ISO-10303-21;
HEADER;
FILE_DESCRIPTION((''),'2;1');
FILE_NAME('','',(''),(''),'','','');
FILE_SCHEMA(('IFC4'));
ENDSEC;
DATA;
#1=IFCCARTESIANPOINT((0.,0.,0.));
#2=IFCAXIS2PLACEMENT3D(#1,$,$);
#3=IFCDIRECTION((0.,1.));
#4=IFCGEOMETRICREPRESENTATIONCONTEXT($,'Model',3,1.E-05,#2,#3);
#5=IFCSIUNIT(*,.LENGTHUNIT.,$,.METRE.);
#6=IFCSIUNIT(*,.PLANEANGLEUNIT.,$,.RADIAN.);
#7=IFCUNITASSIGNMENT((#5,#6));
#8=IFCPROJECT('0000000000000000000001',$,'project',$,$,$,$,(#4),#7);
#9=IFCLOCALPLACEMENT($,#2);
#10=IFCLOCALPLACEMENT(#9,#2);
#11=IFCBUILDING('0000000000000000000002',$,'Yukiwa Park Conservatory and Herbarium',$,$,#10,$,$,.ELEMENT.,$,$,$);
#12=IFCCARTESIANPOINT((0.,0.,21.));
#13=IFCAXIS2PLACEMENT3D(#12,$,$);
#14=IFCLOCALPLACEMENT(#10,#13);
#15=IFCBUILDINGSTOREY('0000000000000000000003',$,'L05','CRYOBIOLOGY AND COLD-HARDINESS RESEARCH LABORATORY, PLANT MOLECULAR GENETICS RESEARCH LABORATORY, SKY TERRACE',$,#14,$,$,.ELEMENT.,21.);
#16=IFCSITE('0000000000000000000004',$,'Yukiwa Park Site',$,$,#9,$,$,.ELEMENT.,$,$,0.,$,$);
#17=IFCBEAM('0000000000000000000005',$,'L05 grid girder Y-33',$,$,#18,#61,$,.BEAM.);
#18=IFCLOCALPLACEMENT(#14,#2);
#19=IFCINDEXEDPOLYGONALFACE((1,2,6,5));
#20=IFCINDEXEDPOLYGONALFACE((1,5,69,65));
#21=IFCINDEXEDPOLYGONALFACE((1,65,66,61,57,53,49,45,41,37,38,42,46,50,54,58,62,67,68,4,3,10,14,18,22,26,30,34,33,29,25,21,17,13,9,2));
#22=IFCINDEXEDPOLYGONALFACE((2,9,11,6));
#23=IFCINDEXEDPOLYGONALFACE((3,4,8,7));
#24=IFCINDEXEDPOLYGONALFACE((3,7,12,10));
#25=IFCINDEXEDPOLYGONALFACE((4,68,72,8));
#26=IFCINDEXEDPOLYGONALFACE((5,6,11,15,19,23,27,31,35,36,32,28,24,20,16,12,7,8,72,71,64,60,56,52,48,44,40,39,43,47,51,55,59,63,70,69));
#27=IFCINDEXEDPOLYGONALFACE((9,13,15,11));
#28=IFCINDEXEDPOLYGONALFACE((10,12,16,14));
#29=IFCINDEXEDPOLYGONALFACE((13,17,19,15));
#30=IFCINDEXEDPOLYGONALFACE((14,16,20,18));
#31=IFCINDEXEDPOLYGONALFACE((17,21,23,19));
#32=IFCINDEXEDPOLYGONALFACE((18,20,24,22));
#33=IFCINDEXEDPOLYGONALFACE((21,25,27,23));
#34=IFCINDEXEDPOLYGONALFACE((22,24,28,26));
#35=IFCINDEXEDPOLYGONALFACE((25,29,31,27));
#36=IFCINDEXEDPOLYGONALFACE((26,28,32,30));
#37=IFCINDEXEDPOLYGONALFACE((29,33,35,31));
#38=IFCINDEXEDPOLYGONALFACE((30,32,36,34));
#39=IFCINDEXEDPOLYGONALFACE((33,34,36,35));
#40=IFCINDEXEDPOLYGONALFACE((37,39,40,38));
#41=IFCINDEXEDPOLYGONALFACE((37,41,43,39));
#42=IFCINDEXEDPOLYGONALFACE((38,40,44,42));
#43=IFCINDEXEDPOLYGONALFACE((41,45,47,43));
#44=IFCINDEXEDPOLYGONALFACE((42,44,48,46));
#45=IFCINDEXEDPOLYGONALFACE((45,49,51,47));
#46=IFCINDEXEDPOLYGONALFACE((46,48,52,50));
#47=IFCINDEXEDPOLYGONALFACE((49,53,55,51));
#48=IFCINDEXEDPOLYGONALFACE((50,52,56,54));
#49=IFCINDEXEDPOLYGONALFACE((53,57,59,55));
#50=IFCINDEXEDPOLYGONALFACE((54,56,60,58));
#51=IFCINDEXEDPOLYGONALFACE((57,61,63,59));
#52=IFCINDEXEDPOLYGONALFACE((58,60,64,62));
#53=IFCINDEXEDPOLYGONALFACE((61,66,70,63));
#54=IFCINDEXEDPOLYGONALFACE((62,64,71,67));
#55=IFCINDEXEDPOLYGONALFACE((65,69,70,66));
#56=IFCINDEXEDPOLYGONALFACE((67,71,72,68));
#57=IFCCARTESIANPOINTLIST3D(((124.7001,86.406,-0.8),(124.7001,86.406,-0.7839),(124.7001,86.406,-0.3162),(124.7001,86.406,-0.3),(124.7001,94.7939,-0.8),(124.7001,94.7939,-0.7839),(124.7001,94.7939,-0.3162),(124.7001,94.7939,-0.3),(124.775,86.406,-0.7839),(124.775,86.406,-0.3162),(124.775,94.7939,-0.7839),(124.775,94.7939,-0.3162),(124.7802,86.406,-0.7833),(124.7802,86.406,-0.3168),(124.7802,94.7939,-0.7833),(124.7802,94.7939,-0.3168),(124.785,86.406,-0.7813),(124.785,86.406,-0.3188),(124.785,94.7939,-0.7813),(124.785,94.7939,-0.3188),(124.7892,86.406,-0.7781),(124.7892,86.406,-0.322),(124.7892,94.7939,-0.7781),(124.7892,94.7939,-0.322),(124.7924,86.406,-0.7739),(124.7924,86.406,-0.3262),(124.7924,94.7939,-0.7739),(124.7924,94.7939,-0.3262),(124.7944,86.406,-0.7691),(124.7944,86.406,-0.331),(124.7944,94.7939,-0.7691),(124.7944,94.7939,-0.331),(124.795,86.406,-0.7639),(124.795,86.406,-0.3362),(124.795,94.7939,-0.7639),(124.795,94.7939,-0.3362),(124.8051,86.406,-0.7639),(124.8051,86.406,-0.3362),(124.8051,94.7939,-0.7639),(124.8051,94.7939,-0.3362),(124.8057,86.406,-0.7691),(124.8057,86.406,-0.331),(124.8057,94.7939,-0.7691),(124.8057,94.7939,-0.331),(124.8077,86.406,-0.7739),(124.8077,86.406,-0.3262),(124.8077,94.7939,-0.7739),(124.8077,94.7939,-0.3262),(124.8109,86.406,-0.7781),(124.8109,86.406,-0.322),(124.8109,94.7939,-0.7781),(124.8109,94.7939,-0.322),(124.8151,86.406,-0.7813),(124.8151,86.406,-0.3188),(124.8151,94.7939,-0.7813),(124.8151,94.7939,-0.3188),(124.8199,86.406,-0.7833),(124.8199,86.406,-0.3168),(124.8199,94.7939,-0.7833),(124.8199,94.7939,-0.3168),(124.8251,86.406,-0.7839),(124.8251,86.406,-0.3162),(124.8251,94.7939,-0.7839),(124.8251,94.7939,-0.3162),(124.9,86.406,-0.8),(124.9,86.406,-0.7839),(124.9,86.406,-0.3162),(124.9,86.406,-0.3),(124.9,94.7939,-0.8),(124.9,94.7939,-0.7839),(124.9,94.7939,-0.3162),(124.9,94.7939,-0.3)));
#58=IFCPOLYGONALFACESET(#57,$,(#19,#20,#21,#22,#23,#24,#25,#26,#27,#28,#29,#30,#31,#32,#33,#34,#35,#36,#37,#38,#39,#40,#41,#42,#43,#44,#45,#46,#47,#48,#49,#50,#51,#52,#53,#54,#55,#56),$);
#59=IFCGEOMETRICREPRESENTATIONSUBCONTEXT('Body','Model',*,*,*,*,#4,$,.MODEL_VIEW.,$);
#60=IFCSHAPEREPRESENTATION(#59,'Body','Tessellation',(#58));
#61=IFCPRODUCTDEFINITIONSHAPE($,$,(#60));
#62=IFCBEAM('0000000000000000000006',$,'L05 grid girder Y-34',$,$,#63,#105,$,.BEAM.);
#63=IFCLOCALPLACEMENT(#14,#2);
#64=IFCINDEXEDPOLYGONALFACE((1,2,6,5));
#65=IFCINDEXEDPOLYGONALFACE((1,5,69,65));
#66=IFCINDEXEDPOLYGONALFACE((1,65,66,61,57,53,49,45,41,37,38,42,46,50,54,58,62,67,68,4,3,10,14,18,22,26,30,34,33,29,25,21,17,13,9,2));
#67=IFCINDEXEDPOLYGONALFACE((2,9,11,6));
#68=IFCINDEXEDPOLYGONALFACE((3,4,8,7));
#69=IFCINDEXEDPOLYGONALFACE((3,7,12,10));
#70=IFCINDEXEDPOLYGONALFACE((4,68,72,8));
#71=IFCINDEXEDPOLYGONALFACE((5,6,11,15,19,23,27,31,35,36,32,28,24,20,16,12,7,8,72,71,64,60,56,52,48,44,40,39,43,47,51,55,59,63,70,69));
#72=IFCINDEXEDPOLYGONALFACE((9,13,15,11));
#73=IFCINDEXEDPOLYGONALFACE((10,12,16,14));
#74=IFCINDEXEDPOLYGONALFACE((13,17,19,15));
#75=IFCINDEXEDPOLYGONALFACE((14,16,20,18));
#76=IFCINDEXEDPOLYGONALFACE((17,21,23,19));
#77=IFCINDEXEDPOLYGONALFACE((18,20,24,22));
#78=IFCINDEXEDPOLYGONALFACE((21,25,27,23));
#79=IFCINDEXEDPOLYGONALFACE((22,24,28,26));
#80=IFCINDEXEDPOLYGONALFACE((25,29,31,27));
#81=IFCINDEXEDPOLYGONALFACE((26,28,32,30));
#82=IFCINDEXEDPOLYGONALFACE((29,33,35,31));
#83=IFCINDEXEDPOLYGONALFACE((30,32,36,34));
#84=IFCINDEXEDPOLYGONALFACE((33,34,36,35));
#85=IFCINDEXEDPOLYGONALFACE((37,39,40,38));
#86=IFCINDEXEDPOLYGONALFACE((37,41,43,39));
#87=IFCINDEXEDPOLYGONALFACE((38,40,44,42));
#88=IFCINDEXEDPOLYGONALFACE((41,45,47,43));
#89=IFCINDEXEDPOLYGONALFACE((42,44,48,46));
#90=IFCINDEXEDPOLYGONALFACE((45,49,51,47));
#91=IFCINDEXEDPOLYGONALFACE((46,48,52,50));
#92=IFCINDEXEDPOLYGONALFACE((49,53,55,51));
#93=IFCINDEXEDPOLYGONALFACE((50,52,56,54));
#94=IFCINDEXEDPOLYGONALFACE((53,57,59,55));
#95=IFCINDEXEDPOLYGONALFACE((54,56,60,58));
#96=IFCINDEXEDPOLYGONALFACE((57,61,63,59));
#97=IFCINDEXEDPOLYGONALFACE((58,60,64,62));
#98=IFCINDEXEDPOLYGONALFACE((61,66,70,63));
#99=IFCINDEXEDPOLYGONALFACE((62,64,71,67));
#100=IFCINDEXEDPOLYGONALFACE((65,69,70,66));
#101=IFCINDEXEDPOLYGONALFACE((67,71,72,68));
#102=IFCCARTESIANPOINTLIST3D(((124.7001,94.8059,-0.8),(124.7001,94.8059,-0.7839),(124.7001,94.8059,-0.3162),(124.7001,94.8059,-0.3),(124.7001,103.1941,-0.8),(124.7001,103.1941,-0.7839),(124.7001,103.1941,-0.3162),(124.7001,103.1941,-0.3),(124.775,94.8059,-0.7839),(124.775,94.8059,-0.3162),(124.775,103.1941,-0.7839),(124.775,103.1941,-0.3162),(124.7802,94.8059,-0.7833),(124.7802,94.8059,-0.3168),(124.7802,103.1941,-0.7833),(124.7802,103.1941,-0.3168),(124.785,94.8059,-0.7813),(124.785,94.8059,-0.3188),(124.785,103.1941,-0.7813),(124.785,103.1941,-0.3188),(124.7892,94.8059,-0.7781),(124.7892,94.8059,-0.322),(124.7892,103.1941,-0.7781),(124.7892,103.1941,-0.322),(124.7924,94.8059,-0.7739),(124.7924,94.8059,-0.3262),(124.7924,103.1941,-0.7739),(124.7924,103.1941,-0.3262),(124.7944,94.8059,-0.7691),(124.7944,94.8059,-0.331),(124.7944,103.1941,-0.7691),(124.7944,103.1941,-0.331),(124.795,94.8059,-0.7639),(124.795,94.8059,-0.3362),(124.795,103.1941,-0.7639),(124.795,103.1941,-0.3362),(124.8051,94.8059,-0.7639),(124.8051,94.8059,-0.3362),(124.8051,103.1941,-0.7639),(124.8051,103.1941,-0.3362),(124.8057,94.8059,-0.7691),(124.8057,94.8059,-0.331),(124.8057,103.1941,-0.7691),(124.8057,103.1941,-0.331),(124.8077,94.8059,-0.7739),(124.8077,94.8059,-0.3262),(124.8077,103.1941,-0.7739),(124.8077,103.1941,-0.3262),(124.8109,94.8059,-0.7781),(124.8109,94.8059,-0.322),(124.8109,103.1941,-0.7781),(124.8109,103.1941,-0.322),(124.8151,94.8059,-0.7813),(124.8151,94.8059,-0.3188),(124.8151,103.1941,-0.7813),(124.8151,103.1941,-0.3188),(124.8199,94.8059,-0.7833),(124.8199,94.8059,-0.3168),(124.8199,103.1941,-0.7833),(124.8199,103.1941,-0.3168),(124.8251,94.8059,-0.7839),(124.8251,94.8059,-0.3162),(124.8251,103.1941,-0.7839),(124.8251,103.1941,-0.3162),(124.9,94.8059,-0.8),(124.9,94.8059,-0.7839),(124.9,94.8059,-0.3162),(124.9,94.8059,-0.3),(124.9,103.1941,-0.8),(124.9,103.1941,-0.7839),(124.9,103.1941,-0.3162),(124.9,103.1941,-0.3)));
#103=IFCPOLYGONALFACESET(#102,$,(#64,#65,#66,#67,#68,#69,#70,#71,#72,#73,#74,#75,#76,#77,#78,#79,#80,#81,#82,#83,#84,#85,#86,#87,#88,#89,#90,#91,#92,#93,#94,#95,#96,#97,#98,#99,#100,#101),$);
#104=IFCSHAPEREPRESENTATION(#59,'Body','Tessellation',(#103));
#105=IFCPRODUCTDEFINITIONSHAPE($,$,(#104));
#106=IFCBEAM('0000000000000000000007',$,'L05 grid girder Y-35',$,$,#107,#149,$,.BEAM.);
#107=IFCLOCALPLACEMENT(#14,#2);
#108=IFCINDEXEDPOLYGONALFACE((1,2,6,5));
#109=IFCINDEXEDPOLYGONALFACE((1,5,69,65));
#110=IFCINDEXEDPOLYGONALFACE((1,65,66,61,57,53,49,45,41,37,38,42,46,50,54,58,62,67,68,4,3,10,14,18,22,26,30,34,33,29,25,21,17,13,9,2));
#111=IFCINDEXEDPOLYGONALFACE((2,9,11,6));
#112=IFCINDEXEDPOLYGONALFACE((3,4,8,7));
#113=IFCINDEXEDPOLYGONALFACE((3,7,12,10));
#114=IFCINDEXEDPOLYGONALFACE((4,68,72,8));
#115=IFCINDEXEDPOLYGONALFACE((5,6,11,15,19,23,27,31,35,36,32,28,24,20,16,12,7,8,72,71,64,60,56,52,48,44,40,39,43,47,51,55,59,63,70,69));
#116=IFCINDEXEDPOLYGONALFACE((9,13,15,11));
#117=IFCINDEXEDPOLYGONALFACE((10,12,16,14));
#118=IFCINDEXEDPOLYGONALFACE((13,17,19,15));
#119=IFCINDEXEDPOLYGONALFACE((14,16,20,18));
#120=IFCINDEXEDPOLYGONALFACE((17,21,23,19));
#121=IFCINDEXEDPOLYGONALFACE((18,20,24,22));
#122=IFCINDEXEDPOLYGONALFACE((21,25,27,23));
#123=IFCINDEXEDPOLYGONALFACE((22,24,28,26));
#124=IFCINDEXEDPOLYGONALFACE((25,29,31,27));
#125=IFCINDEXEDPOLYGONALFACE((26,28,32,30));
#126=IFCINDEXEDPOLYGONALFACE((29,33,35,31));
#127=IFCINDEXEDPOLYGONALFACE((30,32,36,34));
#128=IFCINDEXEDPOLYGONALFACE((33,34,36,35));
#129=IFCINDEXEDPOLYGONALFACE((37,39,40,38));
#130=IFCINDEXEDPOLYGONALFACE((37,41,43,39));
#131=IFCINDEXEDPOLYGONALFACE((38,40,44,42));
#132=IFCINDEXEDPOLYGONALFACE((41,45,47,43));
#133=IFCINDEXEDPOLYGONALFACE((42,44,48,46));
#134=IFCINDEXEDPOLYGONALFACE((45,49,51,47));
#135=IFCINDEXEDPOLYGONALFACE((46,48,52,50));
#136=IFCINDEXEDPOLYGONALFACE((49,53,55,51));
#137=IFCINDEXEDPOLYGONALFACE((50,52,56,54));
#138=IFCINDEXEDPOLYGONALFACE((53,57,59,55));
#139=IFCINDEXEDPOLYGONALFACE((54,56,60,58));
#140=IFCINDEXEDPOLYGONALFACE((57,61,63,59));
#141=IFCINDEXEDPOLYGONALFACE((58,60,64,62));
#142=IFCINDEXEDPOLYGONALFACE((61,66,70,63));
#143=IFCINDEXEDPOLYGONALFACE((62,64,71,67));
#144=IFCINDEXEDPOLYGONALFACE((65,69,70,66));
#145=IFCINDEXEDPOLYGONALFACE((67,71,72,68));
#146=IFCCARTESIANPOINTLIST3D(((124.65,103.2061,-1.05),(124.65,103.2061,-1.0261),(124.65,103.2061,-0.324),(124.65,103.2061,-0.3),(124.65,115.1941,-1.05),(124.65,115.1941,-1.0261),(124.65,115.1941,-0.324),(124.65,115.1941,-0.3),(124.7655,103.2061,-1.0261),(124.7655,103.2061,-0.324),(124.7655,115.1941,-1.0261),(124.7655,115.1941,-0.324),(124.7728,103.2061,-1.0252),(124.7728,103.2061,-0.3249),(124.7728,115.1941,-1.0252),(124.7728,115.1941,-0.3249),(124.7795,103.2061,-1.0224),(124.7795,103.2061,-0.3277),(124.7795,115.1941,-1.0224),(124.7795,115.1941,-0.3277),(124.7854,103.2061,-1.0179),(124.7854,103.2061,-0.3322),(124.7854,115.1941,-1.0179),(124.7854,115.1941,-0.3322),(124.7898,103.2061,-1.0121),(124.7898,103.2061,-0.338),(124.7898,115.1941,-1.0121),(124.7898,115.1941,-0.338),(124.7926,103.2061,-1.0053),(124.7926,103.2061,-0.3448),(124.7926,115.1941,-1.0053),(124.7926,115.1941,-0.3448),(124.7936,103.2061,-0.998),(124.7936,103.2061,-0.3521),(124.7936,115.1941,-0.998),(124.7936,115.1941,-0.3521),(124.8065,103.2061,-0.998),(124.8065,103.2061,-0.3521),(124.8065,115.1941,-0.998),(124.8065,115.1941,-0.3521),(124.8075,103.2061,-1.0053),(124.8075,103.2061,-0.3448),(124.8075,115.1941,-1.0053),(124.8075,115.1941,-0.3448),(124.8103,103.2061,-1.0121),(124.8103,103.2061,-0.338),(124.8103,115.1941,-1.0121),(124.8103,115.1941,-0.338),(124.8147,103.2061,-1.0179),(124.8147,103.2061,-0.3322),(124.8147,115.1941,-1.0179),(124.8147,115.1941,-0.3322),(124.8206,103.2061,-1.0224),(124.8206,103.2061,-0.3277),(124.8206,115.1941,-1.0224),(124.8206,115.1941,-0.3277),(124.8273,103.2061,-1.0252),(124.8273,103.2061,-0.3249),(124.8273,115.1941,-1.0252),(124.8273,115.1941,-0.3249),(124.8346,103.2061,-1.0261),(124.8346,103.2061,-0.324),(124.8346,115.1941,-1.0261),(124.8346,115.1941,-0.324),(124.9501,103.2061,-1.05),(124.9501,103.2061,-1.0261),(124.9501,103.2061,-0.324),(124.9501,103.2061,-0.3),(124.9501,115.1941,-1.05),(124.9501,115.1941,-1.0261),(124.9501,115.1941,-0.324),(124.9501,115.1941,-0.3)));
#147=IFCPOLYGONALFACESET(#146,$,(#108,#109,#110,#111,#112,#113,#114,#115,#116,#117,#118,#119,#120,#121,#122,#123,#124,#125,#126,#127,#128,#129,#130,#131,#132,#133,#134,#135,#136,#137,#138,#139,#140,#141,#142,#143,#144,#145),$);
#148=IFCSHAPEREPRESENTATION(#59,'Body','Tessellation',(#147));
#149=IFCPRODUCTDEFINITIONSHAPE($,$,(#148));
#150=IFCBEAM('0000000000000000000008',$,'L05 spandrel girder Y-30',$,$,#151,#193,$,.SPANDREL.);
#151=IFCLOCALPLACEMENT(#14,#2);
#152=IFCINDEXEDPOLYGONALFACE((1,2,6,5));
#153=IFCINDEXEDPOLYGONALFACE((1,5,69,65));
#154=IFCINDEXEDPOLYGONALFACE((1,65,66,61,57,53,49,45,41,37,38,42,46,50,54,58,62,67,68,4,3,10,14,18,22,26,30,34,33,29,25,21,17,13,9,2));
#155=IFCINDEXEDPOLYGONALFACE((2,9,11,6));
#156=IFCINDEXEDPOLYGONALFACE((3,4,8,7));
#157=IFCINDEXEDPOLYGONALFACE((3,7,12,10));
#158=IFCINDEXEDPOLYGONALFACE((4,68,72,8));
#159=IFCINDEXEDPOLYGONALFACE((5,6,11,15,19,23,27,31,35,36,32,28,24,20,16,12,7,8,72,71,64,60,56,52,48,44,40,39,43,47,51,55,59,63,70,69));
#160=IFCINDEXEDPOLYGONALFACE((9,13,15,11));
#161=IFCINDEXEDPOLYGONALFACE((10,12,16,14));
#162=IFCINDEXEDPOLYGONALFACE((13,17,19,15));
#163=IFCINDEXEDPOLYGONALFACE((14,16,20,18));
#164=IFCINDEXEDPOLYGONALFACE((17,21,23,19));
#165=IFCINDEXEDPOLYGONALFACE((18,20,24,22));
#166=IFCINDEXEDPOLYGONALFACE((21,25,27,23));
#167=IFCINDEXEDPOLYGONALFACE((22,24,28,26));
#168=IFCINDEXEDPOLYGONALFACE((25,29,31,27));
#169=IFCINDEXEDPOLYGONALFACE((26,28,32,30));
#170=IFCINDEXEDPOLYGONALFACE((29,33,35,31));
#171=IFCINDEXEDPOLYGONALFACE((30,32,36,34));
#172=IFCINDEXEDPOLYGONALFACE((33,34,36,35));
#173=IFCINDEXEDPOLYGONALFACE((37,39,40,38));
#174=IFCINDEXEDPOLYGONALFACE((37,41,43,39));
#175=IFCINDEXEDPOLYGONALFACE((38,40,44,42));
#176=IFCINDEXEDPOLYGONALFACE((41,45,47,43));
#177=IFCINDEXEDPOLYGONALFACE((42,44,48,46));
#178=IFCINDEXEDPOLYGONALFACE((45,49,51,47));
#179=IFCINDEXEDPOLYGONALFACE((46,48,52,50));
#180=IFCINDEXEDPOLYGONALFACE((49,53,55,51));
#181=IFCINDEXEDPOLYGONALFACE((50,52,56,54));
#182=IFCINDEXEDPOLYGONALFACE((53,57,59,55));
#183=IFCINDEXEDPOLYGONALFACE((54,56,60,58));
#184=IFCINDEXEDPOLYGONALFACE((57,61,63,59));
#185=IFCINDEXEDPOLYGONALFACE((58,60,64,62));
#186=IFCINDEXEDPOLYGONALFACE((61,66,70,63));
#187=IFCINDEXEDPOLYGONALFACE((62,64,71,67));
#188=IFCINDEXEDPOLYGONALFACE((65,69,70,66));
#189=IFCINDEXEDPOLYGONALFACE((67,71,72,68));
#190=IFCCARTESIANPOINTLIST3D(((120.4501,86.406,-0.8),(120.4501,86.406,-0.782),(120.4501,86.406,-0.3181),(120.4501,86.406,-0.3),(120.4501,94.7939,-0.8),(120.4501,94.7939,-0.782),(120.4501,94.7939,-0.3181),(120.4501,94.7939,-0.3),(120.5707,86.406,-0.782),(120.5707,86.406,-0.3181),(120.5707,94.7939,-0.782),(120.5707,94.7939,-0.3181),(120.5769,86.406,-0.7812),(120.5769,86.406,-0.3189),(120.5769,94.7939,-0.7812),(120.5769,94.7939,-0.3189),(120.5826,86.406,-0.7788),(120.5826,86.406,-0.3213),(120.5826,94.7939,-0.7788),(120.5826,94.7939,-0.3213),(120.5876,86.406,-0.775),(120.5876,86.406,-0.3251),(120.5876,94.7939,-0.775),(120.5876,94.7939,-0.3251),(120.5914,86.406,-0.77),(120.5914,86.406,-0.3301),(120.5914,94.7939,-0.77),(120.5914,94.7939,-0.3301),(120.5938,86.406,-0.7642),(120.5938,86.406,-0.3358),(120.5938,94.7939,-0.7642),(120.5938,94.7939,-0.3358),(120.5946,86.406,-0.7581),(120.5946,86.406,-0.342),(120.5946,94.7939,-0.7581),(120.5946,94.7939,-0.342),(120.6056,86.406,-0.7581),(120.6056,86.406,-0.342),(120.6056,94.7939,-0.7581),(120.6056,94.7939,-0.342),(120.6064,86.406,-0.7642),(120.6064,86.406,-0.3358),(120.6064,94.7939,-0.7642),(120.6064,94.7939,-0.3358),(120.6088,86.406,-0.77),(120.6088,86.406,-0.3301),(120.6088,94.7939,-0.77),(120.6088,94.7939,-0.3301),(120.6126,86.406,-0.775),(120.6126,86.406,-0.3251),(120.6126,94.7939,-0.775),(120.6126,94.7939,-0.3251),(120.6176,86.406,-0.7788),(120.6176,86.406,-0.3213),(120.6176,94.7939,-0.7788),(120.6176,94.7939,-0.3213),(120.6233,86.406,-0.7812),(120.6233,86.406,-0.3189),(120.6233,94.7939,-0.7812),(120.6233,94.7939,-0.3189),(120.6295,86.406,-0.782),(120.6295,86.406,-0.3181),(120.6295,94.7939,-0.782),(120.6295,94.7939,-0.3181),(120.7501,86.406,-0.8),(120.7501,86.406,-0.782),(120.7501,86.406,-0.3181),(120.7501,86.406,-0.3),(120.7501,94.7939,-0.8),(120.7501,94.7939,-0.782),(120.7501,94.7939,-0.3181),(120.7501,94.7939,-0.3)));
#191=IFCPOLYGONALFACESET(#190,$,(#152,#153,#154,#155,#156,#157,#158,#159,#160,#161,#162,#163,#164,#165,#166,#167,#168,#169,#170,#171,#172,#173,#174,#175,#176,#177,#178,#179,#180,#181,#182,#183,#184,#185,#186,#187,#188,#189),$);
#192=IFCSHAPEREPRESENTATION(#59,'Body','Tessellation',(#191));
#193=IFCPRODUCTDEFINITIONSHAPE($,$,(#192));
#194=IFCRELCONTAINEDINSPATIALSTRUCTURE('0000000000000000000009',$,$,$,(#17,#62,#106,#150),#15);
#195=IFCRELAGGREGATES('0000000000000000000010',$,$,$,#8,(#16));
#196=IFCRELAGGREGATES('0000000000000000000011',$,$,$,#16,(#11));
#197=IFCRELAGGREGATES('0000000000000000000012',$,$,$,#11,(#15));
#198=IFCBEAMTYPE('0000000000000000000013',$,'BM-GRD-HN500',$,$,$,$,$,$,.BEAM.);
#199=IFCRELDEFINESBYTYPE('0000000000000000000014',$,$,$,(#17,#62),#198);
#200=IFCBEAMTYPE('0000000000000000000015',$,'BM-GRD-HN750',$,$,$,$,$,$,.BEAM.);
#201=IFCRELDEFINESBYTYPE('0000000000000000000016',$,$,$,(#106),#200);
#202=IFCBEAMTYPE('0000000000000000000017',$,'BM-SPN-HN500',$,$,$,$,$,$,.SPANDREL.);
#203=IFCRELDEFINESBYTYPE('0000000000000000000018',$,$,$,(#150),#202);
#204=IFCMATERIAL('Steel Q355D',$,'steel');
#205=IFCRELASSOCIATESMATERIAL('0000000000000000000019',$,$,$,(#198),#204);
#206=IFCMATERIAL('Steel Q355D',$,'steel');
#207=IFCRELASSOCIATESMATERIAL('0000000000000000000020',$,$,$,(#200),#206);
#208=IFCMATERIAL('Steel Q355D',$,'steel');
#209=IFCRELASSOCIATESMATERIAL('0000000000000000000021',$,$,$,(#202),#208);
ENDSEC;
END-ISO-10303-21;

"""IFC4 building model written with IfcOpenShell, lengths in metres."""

from ifc_helpers import new_model, si_unit, direction, frame, origin, origin_2d, place, context, subcontext, project, spatial, i_section, extrude, material, material_profile, profile_set, type_object, element, save


model = new_model("IFC4")

# Units and contexts
model_context = context("Model", 3, precision=1e-05, world=origin(), true_north=direction((0.0, 1.0)))
body_context = subcontext(model_context, "Body", "Model", "MODEL_VIEW")
ifc_project = project(units=[si_unit("LENGTHUNIT", "METRE"), si_unit("PLANEANGLEUNIT", "RADIAN")], contexts=[model_context])

# Site, building, storey
site_placement = place(None, origin())
site = spatial("IfcSite", under=ifc_project, at=site_placement, Name="Yukiwa Park Site", CompositionType="ELEMENT", RefElevation=0.0)
building_placement = place(site_placement, origin())
building = spatial("IfcBuilding", under=site, at=building_placement, Name="Yukiwa Park Conservatory and Herbarium", CompositionType="ELEMENT")
storey_placement = place(building_placement, frame((0.0, 0.0, 21.0)))
storey = spatial("IfcBuildingStorey", under=building, at=storey_placement, Name="L05", Description="CRYOBIOLOGY AND COLD-HARDINESS RESEARCH LABORATORY, PLANT MOLECULAR GENETICS RESEARCH LABORATORY, SKY TERRACE", CompositionType="ELEMENT", Elevation=21.0)

# Beams
ifc_material_1 = material(Name="Steel Q355D", Category="steel")
ifc_material_profile_1 = material_profile(ifc_material_1, i_section(OverallWidth=0.2, OverallDepth=0.5, WebThickness=0.01, FlangeThickness=0.0161, FilletRadius=0.02, at=origin_2d()), Name="HN 500x200x10x16")
ifc_profile_set_1 = profile_set([ifc_material_profile_1], Name="Steel Q355D")
beam_type_1 = type_object("IfcBeamType", Name="BM-GRD-HN500", PredefinedType="BEAM", material=ifc_profile_set_1)
for number, where, z_axis, x_axis, name in (
    (1, (124.8, 86.406, -0.55), (0.0, 1.0, 0.0), (-1.0, 0.0, 0.0), "L05 grid girder Y-33"),
):
    element("IfcBeam", number, at=place(storey_placement, frame(where, z_axis=z_axis, x_axis=x_axis)), inside=storey, type_object=beam_type_1, Name=name, PredefinedType="BEAM", context=body_context, shape_type="SweptSolid", body=[
        extrude(i_section(OverallWidth=0.2, OverallDepth=0.5, WebThickness=0.01, FlangeThickness=0.0161, FilletRadius=0.02, at=origin_2d()), origin(), (0.0, 0.0, 1.0), 8.3879),
    ])
beam_1_placement = place(storey_placement, frame((124.8, 94.8059, -0.55), z_axis=(0.0, 1.0, 0.0), x_axis=(-1.0, 0.0, 0.0)))
element("IfcBeam", 2, at=beam_1_placement, inside=storey, type_object=beam_type_1, Name="L05 grid girder Y-34", PredefinedType="BEAM", context=body_context, shape_type="SweptSolid", body=[
    extrude(i_section(OverallWidth=0.2, OverallDepth=0.5, WebThickness=0.01, FlangeThickness=0.0161, FilletRadius=0.02, at=origin_2d()), origin(), (0.0, 0.0, 1.0), 8.3882),
])
ifc_material_2 = material(Name="Steel Q355D", Category="steel")
ifc_material_profile_2 = material_profile(ifc_material_2, i_section(OverallWidth=0.3, OverallDepth=0.75, WebThickness=0.0129, FlangeThickness=0.0239, FilletRadius=0.0281, at=origin_2d()), Name="HN 750x300x13x24")
ifc_profile_set_2 = profile_set([ifc_material_profile_2], Name="Steel Q355D")
beam_type_2 = type_object("IfcBeamType", Name="BM-GRD-HN750", PredefinedType="BEAM", material=ifc_profile_set_2)
beam_2_placement = place(storey_placement, frame((124.8, 103.2061, -0.675), z_axis=(0.0, 1.0, 0.0), x_axis=(-1.0, 0.0, 0.0)))
element("IfcBeam", 3, at=beam_2_placement, inside=storey, type_object=beam_type_2, Name="L05 grid girder Y-35", PredefinedType="BEAM", context=body_context, shape_type="SweptSolid", body=[
    extrude(i_section(OverallWidth=0.3, OverallDepth=0.75, WebThickness=0.0129, FlangeThickness=0.0239, FilletRadius=0.0281, at=origin_2d()), origin(), (0.0, 0.0, 1.0), 11.988),
])
ifc_material_3 = material(Name="Steel Q355D", Category="steel")
ifc_material_profile_3 = material_profile(ifc_material_3, i_section(OverallWidth=0.3, OverallDepth=0.5, WebThickness=0.011, FlangeThickness=0.0181, FilletRadius=0.0239, at=origin_2d()), Name="HM 500x300x11x18")
ifc_profile_set_3 = profile_set([ifc_material_profile_3], Name="Steel Q355D")
beam_type_3 = type_object("IfcBeamType", Name="BM-SPN-HN500", PredefinedType="SPANDREL", material=ifc_profile_set_3)
beam_3_placement = place(storey_placement, frame((120.6001, 86.406, -0.55), z_axis=(0.0, 1.0, 0.0), x_axis=(-1.0, 0.0, 0.0)))
element("IfcBeam", 4, at=beam_3_placement, inside=storey, type_object=beam_type_3, Name="L05 spandrel girder Y-30", PredefinedType="SPANDREL", context=body_context, shape_type="SweptSolid", body=[
    extrude(i_section(OverallWidth=0.3, OverallDepth=0.5, WebThickness=0.011, FlangeThickness=0.0181, FilletRadius=0.0239, at=origin_2d()), origin(), (0.0, 0.0, 1.0), 8.3879),
])

save(model, "model.ifc")
